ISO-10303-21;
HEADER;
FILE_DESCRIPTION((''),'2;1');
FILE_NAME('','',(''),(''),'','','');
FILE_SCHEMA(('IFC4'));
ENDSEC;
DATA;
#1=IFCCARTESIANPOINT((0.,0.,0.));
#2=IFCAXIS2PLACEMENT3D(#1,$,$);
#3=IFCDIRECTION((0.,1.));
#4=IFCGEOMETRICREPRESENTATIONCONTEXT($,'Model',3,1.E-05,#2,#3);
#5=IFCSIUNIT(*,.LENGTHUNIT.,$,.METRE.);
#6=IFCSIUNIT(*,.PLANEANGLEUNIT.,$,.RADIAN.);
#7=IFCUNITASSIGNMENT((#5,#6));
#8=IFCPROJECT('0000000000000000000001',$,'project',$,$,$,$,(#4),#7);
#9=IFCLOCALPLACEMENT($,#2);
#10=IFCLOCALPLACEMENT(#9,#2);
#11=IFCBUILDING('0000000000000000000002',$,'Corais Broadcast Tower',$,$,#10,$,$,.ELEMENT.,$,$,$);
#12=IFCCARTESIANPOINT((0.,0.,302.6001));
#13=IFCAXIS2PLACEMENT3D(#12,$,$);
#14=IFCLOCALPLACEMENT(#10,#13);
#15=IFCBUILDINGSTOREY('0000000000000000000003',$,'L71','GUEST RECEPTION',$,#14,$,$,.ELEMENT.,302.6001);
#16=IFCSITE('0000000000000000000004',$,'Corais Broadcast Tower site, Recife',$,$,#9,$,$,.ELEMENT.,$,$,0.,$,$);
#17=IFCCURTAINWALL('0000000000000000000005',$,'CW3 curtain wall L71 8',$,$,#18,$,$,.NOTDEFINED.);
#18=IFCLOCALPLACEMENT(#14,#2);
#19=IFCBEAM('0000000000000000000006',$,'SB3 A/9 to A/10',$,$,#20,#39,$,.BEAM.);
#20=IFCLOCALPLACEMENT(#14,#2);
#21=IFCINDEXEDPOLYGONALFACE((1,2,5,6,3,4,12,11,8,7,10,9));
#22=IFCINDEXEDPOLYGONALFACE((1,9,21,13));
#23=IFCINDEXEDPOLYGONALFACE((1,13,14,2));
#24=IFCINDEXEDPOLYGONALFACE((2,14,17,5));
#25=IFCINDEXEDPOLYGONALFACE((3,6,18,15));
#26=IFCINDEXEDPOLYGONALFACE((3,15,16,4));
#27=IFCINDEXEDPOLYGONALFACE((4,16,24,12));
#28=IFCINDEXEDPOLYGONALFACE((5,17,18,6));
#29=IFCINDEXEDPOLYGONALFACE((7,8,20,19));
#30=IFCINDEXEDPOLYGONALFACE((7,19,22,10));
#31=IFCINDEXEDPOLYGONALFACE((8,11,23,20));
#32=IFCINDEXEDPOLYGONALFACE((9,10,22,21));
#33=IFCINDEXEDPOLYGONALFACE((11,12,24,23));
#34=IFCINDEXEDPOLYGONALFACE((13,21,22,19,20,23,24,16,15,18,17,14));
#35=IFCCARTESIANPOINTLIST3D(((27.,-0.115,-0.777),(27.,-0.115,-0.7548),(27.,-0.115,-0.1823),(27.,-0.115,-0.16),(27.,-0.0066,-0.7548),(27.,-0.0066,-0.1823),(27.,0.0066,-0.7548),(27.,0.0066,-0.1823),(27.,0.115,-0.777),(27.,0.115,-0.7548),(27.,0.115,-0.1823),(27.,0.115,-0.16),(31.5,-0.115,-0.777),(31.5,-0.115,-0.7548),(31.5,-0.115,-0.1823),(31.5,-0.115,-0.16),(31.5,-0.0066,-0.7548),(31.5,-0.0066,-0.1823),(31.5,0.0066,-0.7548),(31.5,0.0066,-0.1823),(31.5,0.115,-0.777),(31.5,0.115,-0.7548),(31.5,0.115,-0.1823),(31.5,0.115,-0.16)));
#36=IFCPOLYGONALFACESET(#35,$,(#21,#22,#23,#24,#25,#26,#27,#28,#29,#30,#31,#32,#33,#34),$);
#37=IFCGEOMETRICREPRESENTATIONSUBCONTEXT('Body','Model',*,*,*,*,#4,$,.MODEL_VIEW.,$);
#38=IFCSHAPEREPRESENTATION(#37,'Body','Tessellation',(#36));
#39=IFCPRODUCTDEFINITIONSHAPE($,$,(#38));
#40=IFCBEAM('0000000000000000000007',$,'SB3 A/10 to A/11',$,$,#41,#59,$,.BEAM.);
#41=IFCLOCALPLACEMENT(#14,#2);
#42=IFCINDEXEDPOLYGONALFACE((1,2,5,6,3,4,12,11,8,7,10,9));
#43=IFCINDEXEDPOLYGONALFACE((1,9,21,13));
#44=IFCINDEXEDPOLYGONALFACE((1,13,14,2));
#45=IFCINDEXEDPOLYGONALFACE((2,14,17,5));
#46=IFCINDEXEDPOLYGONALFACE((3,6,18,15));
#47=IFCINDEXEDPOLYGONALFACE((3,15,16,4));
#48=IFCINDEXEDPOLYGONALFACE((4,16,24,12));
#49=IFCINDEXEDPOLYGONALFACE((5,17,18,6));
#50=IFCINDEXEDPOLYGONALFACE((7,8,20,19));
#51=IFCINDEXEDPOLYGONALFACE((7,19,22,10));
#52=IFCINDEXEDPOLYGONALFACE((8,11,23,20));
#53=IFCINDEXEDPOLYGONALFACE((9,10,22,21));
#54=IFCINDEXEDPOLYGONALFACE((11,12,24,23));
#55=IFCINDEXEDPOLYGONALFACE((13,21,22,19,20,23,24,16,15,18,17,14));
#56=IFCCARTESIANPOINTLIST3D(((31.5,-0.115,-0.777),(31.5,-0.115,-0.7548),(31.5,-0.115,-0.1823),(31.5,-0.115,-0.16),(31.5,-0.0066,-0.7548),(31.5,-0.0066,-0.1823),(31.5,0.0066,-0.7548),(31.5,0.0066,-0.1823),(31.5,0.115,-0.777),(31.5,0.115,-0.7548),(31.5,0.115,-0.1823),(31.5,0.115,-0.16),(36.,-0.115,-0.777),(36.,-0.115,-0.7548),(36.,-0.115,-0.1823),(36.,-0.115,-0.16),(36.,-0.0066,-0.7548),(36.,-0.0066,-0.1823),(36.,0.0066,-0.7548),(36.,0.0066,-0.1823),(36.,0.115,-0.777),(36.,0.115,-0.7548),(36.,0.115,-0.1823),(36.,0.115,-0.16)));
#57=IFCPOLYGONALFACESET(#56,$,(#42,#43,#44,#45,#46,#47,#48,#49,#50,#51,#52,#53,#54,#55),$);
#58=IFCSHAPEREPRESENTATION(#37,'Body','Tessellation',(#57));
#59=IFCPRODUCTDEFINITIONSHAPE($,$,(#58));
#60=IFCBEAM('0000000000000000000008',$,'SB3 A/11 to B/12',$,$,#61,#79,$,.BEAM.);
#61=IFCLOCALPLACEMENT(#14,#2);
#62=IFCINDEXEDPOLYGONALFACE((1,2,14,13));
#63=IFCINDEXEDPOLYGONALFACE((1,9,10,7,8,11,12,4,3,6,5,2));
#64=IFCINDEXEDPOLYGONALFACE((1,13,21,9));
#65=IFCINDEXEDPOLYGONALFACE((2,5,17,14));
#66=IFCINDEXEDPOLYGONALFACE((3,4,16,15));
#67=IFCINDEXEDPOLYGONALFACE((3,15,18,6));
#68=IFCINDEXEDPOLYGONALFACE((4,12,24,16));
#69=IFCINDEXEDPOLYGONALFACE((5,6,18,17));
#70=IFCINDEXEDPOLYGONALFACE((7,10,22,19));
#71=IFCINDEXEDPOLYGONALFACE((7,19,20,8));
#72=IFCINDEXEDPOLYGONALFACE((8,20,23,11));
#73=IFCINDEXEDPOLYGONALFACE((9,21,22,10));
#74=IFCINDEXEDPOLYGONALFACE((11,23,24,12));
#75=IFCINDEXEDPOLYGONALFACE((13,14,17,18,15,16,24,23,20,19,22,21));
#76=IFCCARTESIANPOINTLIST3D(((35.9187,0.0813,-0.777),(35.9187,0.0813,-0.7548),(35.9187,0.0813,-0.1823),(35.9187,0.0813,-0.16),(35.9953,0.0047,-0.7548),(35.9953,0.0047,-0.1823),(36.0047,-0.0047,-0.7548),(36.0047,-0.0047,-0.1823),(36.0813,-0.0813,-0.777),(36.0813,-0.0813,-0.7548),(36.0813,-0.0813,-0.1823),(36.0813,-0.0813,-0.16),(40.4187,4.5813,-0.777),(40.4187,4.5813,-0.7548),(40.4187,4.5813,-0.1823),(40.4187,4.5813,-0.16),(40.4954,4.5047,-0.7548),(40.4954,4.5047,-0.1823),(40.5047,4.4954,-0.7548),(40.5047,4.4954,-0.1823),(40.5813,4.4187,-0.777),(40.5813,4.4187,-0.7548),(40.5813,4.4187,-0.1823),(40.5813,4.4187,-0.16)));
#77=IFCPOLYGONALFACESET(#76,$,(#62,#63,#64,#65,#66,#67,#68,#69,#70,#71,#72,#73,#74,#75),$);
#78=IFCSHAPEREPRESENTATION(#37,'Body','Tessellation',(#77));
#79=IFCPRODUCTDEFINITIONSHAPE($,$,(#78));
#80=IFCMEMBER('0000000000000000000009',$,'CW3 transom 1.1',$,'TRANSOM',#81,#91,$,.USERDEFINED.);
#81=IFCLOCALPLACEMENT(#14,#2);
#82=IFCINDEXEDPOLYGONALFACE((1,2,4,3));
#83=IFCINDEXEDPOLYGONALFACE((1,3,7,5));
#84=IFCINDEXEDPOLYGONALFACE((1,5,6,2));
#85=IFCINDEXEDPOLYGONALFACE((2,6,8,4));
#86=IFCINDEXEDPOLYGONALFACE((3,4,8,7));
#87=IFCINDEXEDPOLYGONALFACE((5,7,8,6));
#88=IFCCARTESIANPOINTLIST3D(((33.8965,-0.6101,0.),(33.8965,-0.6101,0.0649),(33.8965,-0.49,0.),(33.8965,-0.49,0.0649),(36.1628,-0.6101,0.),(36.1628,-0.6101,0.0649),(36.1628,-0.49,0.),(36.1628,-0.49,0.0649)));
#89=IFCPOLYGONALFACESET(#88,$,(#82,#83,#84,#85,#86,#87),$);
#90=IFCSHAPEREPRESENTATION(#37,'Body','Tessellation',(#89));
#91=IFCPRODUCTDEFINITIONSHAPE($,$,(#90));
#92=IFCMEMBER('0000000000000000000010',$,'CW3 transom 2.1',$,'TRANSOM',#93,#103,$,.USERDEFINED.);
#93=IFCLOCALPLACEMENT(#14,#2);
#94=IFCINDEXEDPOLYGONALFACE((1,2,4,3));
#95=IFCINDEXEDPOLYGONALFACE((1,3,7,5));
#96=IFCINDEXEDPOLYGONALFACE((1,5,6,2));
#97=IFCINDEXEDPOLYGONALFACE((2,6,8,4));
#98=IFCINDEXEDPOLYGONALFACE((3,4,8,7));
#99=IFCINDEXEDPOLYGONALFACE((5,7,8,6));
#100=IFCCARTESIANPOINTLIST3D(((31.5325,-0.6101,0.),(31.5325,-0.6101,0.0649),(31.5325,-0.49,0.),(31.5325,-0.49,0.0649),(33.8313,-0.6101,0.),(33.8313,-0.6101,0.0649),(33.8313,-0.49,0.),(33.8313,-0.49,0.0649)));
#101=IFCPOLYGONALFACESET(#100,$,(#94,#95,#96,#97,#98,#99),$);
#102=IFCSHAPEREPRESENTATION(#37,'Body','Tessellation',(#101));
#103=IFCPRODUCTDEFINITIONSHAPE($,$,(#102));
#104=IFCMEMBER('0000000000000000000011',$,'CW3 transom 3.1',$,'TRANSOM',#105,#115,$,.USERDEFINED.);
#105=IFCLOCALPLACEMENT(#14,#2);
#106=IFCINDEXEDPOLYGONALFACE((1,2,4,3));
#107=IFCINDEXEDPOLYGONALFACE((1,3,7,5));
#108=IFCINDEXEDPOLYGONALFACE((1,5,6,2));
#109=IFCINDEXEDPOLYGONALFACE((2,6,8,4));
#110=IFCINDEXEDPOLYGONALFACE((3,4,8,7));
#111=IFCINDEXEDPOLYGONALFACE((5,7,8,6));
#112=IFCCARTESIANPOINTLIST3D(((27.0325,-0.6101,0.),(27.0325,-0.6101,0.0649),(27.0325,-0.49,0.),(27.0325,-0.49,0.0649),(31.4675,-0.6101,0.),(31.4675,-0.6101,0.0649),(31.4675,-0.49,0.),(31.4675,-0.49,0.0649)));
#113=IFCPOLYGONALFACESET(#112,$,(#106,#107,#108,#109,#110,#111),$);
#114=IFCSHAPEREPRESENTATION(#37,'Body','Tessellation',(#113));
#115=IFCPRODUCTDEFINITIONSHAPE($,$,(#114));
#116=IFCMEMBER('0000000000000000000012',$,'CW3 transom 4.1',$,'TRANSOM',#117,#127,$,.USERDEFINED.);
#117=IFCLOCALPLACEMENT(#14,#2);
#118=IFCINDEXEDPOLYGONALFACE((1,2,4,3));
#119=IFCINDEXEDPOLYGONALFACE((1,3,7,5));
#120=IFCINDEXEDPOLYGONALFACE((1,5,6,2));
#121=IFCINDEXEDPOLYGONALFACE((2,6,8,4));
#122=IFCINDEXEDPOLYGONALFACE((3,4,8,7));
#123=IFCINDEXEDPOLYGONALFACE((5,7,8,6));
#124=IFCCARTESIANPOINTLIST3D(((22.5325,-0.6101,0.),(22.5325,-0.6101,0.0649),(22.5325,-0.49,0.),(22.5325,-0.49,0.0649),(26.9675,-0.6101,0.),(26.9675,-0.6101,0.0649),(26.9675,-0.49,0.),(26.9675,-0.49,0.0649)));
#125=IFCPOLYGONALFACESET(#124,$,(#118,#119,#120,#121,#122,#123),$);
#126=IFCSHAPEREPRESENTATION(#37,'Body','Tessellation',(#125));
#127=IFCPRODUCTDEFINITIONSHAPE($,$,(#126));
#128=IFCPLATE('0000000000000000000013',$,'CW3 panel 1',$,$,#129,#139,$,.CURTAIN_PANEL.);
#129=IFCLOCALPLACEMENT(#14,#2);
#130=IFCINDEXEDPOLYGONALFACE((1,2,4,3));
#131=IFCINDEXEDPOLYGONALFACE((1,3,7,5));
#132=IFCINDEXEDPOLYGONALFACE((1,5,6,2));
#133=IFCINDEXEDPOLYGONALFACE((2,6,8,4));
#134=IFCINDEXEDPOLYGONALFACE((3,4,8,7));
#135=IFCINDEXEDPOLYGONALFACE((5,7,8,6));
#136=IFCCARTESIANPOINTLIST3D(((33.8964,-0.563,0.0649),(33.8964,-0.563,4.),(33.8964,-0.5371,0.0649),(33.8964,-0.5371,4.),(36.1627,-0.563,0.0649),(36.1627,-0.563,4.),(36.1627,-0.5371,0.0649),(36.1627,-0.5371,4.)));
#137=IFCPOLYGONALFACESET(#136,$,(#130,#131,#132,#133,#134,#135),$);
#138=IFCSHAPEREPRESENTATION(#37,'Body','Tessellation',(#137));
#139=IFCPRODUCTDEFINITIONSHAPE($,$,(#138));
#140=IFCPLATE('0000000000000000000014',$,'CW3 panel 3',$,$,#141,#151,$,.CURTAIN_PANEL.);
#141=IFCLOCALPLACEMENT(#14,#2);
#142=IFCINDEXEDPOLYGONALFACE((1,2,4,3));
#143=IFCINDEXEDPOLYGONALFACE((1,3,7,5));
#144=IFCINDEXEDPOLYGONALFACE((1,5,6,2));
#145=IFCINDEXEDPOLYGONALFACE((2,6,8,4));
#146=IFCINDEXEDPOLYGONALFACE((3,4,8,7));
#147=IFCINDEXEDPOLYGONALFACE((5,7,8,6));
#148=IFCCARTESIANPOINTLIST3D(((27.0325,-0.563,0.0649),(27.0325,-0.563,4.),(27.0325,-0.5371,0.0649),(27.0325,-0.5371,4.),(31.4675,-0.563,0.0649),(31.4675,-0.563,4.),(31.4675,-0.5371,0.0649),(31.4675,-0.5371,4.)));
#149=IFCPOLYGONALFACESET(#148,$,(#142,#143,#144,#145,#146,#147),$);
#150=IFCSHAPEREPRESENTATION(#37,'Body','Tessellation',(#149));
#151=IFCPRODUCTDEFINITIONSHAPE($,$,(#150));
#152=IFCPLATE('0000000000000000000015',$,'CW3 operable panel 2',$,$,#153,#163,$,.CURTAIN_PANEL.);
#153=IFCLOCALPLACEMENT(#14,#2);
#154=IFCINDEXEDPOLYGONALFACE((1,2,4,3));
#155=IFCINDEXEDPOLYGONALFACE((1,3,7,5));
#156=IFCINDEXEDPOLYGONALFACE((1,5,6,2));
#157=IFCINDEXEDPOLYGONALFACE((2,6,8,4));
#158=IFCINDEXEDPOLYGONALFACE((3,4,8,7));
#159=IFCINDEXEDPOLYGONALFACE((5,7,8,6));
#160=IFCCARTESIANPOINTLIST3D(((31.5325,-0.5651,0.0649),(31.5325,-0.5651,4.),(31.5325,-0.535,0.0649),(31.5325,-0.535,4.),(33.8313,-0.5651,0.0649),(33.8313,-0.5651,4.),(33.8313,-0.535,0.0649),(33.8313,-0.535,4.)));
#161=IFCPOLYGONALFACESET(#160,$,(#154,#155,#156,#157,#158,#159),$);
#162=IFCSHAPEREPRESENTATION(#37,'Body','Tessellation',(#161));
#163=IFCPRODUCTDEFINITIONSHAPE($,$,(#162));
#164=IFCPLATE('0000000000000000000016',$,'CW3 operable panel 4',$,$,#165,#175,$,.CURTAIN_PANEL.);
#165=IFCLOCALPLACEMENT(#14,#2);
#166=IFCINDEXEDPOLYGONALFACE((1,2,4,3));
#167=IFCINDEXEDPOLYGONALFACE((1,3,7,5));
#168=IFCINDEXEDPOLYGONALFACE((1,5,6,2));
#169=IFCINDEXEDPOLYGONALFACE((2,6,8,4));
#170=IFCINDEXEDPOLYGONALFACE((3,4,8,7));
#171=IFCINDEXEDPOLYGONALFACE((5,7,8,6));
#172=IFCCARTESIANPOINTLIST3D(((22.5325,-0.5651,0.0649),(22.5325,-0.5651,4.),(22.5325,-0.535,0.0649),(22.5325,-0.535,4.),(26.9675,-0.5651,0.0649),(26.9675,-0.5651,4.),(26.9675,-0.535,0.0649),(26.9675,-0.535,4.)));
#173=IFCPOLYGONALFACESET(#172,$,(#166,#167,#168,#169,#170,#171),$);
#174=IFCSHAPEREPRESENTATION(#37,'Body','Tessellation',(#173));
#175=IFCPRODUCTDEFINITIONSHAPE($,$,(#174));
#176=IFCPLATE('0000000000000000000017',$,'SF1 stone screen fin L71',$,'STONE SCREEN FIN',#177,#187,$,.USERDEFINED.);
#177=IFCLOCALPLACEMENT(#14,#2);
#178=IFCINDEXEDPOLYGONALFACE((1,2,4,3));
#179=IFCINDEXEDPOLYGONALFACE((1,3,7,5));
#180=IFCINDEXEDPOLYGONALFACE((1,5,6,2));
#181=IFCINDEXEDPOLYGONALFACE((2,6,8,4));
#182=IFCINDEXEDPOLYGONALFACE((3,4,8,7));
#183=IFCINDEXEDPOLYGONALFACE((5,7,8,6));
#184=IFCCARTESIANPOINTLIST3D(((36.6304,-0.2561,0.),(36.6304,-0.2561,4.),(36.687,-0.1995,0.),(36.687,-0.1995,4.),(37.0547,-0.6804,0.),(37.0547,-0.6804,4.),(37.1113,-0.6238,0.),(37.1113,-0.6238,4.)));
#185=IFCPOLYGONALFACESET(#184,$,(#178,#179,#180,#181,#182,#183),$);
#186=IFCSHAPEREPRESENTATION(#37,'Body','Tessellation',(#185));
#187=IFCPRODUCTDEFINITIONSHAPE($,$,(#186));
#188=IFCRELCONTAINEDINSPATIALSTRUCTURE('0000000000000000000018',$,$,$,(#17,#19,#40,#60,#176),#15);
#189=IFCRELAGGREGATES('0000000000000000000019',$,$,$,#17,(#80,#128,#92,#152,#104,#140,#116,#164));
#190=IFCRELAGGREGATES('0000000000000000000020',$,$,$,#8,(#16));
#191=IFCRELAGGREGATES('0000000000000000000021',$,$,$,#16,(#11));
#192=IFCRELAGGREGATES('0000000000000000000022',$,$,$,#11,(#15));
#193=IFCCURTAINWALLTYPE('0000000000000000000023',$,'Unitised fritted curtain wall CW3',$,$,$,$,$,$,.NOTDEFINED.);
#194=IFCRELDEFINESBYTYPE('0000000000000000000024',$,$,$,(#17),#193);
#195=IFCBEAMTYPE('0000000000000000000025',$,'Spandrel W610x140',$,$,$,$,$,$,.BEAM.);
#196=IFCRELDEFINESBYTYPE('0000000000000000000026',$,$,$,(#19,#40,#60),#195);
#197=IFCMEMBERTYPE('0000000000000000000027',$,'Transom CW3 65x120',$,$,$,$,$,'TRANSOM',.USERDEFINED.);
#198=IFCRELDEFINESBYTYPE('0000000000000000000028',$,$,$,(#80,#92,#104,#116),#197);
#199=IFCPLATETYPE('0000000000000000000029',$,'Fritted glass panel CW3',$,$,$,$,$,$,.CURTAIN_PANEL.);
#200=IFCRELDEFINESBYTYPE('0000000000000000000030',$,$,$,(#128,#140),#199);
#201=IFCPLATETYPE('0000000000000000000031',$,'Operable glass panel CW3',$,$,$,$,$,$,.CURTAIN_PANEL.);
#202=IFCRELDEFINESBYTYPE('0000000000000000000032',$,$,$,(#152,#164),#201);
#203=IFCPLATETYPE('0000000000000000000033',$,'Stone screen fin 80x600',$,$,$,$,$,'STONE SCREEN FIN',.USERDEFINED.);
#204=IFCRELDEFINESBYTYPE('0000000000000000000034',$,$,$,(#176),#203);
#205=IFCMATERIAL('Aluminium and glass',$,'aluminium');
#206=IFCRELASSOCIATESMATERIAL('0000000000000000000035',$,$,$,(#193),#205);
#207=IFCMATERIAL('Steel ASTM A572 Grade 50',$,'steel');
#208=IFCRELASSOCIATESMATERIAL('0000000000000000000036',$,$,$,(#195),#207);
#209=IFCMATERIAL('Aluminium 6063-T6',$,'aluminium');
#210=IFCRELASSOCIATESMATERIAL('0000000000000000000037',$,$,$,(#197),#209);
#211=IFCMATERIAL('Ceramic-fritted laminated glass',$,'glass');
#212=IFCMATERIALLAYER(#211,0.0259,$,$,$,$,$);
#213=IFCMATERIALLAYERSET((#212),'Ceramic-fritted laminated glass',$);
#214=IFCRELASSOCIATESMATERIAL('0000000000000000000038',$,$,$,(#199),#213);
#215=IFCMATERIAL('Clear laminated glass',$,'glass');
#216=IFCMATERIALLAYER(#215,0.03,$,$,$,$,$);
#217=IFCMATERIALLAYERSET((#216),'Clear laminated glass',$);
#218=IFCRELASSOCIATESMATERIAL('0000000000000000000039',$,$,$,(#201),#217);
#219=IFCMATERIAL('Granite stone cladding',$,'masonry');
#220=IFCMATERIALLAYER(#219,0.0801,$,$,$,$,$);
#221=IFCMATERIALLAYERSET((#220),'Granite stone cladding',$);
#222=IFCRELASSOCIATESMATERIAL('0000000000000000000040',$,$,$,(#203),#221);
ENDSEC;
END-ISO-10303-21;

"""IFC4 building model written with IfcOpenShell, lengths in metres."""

from ifc_helpers import new_model, si_unit, direction, frame, origin, origin_2d, place, context, subcontext, project, spatial, rectangle, i_section, extrude, material, layer, layer_set, material_profile, profile_set, type_object, element, aggregate, save


model = new_model("IFC4")

# Units and contexts
model_context = context("Model", 3, precision=1e-05, world=origin(), true_north=direction((0.0, 1.0)))
body_context = subcontext(model_context, "Body", "Model", "MODEL_VIEW")
ifc_project = project(units=[si_unit("LENGTHUNIT", "METRE"), si_unit("PLANEANGLEUNIT", "RADIAN")], contexts=[model_context])

# Site, building, storey
site_placement = place(None, origin())
site = spatial("IfcSite", under=ifc_project, at=site_placement, Name="Corais Broadcast Tower site, Recife", CompositionType="ELEMENT", RefElevation=0.0)
building_placement = place(site_placement, origin())
building = spatial("IfcBuilding", under=site, at=building_placement, Name="Corais Broadcast Tower", CompositionType="ELEMENT")
storey_placement = place(building_placement, frame((0.0, 0.0, 302.6001)))
storey = spatial("IfcBuildingStorey", under=building, at=storey_placement, Name="L71", Description="GUEST RECEPTION", CompositionType="ELEMENT", Elevation=302.6001)

# Shared definitions
ifc_material_1 = material(Name="Aluminium and glass", Category="aluminium")
curtain_wall_type = type_object("IfcCurtainWallType", Name="Unitised fritted curtain wall CW3", PredefinedType="NOTDEFINED", material=ifc_material_1)

# Curtain wall
curtain_wall_1_placement = place(storey_placement, origin())
curtain_wall_1 = element("IfcCurtainWall", 1, at=curtain_wall_1_placement, inside=storey, type_object=curtain_wall_type, Name="CW3 curtain wall L71 8", PredefinedType="NOTDEFINED")

# Beams
ifc_material_2 = material(Name="Steel ASTM A572 Grade 50", Category="steel")
ifc_material_profile_1 = material_profile(ifc_material_2, i_section(OverallWidth=0.23, OverallDepth=0.6169, WebThickness=0.0132, FlangeThickness=0.0222, at=origin_2d()), Name="W610x140")
ifc_profile_set_1 = profile_set([ifc_material_profile_1], Name="Steel ASTM A572 Grade 50")
beam_type_1 = type_object("IfcBeamType", Name="Spandrel W610x140", PredefinedType="BEAM", material=ifc_profile_set_1)
for number, where, z_axis, x_axis, name in (
    (2, (27.0, 0.0, -0.4685), (1.0, 0.0, 0.0), (0.0, 1.0, 0.0), "SB3 A/9 to A/10"),
    (3, (31.5, 0.0, -0.4685), (1.0, 0.0, 0.0), (0.0, 1.0, 0.0), "SB3 A/10 to A/11"),
):
    element("IfcBeam", number, at=place(storey_placement, frame(where, z_axis=z_axis, x_axis=x_axis)), inside=storey, type_object=beam_type_1, Name=name, PredefinedType="BEAM", context=body_context, shape_type="SweptSolid", body=[
        extrude(i_section(OverallWidth=0.23, OverallDepth=0.6169, WebThickness=0.0132, FlangeThickness=0.0222, at=origin_2d()), origin(), (0.0, 0.0, 1.0), 4.5),
    ])
beam_placement = place(storey_placement, frame((36.0, 0.0, -0.4685), z_axis=(0.707107, 0.707107, 0.0), x_axis=(-0.707107, 0.707107, 0.0)))
element("IfcBeam", 4, at=beam_placement, inside=storey, type_object=beam_type_1, Name="SB3 A/11 to B/12", PredefinedType="BEAM", context=body_context, shape_type="SweptSolid", body=[
    extrude(i_section(OverallWidth=0.23, OverallDepth=0.6169, WebThickness=0.0132, FlangeThickness=0.0222, at=origin_2d()), origin(), (0.0, 0.0, 1.0), 6.364),
])

# Members
ifc_material_3 = material(Name="Aluminium 6063-T6", Category="aluminium")
ifc_material_profile_2 = material_profile(ifc_material_3, rectangle(XDim=0.1201, YDim=0.0649, at=origin_2d()), Name="Transom CW3 65x120")
ifc_profile_set_2 = profile_set([ifc_material_profile_2], Name="Aluminium 6063-T6")
member_type_1 = type_object("IfcMemberType", Name="Transom CW3 65x120", ElementType="TRANSOM", PredefinedType="USERDEFINED", material=ifc_profile_set_2)
member_1_placement = place(storey_placement, frame((36.1628, -0.55, 0.0325), z_axis=(-1.0, 0.0, 0.0), x_axis=(0.0, -1.0, 0.0)))
member_1 = element("IfcMember", 5, at=member_1_placement, type_object=member_type_1, Name="CW3 transom 1.1", ObjectType="TRANSOM", PredefinedType="USERDEFINED", context=body_context, shape_type="SweptSolid", body=[
    extrude(rectangle(XDim=0.1201, YDim=0.0649, at=origin_2d()), origin(), (0.0, 0.0, 1.0), 2.2664),
])
member_2_placement = place(storey_placement, frame((33.8313, -0.55, 0.0325), z_axis=(-1.0, 0.0, 0.0), x_axis=(0.0, -1.0, 0.0)))
member_2 = element("IfcMember", 6, at=member_2_placement, type_object=member_type_1, Name="CW3 transom 2.1", ObjectType="TRANSOM", PredefinedType="USERDEFINED", context=body_context, shape_type="SweptSolid", body=[
    extrude(rectangle(XDim=0.1201, YDim=0.0649, at=origin_2d()), origin(), (0.0, 0.0, 1.0), 2.2988),
])
member_3_placement = place(storey_placement, frame((31.4675, -0.55, 0.0325), z_axis=(-1.0, 0.0, 0.0), x_axis=(0.0, -1.0, 0.0)))
member_3 = element("IfcMember", 7, at=member_3_placement, type_object=member_type_1, Name="CW3 transom 3.1", ObjectType="TRANSOM", PredefinedType="USERDEFINED", context=body_context, shape_type="SweptSolid", body=[
    extrude(rectangle(XDim=0.1201, YDim=0.0649, at=origin_2d()), origin(), (0.0, 0.0, 1.0), 4.4351),
])
member_4_placement = place(storey_placement, frame((26.9675, -0.55, 0.0325), z_axis=(-1.0, 0.0, 0.0), x_axis=(0.0, -1.0, 0.0)))
member_4 = element("IfcMember", 8, at=member_4_placement, type_object=member_type_1, Name="CW3 transom 4.1", ObjectType="TRANSOM", PredefinedType="USERDEFINED", context=body_context, shape_type="SweptSolid", body=[
    extrude(rectangle(XDim=0.1201, YDim=0.0649, at=origin_2d()), origin(), (0.0, 0.0, 1.0), 4.4351),
])

# Plates
ifc_material_4 = material(Name="Ceramic-fritted laminated glass", Category="glass")
ifc_layer_1 = layer(ifc_material_4, 0.0259)
ifc_layer_set_1 = layer_set([ifc_layer_1], Name="Ceramic-fritted laminated glass")
plate_type_1 = type_object("IfcPlateType", Name="Fritted glass panel CW3", PredefinedType="CURTAIN_PANEL", material=ifc_layer_set_1)
plate_1_placement = place(storey_placement, frame((35.0295, -0.55, 0.0649), z_axis=(0.0, 0.0, 1.0), x_axis=(-1.0, 0.0, 0.0)))
plate_1 = element("IfcPlate", 9, at=plate_1_placement, type_object=plate_type_1, Name="CW3 panel 1", PredefinedType="CURTAIN_PANEL", context=body_context, shape_type="SweptSolid", body=[
    extrude(rectangle(XDim=2.2664, YDim=0.0259, at=origin_2d()), origin(), (0.0, 0.0, 1.0), 3.9351),
])
plate_2_placement = place(storey_placement, frame((29.25, -0.55, 0.0649), z_axis=(0.0, 0.0, 1.0), x_axis=(-1.0, 0.0, 0.0)))
plate_2 = element("IfcPlate", 10, at=plate_2_placement, type_object=plate_type_1, Name="CW3 panel 3", PredefinedType="CURTAIN_PANEL", context=body_context, shape_type="SweptSolid", body=[
    extrude(rectangle(XDim=4.4351, YDim=0.0259, at=origin_2d()), origin(), (0.0, 0.0, 1.0), 3.9351),
])
ifc_material_5 = material(Name="Clear laminated glass", Category="glass")
ifc_layer_2 = layer(ifc_material_5, 0.03)
ifc_layer_set_2 = layer_set([ifc_layer_2], Name="Clear laminated glass")
plate_type_2 = type_object("IfcPlateType", Name="Operable glass panel CW3", PredefinedType="CURTAIN_PANEL", material=ifc_layer_set_2)
plate_3_placement = place(storey_placement, frame((32.6819, -0.55, 0.0649), z_axis=(0.0, 0.0, 1.0), x_axis=(-1.0, 0.0, 0.0)))
plate_3 = element("IfcPlate", 11, at=plate_3_placement, type_object=plate_type_2, Name="CW3 operable panel 2", PredefinedType="CURTAIN_PANEL", context=body_context, shape_type="SweptSolid", body=[
    extrude(rectangle(XDim=2.2988, YDim=0.03, at=origin_2d()), origin(), (0.0, 0.0, 1.0), 3.9351),
])
plate_4_placement = place(storey_placement, frame((24.75, -0.55, 0.0649), z_axis=(0.0, 0.0, 1.0), x_axis=(-1.0, 0.0, 0.0)))
plate_4 = element("IfcPlate", 12, at=plate_4_placement, type_object=plate_type_2, Name="CW3 operable panel 4", PredefinedType="CURTAIN_PANEL", context=body_context, shape_type="SweptSolid", body=[
    extrude(rectangle(XDim=4.4351, YDim=0.03, at=origin_2d()), origin(), (0.0, 0.0, 1.0), 3.9351),
])
aggregate(curtain_wall_1, [member_1, plate_1, member_2, plate_3, member_3, plate_2, member_4, plate_4])
ifc_material_6 = material(Name="Granite stone cladding", Category="masonry")
ifc_layer_3 = layer(ifc_material_6, 0.0801)
ifc_layer_set_3 = layer_set([ifc_layer_3], Name="Granite stone cladding")
plate_type_3 = type_object("IfcPlateType", Name="Stone screen fin 80x600", ElementType="STONE SCREEN FIN", PredefinedType="USERDEFINED", material=ifc_layer_set_3)
plate_5_placement = place(storey_placement, frame((36.8708, -0.4399, 0.0), z_axis=(0.0, 0.0, 1.0), x_axis=(-0.707107, -0.707107, 0.0)))
element("IfcPlate", 13, at=plate_5_placement, inside=storey, type_object=plate_type_3, Name="SF1 stone screen fin L71", ObjectType="STONE SCREEN FIN", PredefinedType="USERDEFINED", context=body_context, shape_type="SweptSolid", body=[
    extrude(rectangle(XDim=0.0801, YDim=0.6001, at=origin_2d()), origin(), (0.0, 0.0, 1.0), 4.0),
])

save(model, "model.ifc")
